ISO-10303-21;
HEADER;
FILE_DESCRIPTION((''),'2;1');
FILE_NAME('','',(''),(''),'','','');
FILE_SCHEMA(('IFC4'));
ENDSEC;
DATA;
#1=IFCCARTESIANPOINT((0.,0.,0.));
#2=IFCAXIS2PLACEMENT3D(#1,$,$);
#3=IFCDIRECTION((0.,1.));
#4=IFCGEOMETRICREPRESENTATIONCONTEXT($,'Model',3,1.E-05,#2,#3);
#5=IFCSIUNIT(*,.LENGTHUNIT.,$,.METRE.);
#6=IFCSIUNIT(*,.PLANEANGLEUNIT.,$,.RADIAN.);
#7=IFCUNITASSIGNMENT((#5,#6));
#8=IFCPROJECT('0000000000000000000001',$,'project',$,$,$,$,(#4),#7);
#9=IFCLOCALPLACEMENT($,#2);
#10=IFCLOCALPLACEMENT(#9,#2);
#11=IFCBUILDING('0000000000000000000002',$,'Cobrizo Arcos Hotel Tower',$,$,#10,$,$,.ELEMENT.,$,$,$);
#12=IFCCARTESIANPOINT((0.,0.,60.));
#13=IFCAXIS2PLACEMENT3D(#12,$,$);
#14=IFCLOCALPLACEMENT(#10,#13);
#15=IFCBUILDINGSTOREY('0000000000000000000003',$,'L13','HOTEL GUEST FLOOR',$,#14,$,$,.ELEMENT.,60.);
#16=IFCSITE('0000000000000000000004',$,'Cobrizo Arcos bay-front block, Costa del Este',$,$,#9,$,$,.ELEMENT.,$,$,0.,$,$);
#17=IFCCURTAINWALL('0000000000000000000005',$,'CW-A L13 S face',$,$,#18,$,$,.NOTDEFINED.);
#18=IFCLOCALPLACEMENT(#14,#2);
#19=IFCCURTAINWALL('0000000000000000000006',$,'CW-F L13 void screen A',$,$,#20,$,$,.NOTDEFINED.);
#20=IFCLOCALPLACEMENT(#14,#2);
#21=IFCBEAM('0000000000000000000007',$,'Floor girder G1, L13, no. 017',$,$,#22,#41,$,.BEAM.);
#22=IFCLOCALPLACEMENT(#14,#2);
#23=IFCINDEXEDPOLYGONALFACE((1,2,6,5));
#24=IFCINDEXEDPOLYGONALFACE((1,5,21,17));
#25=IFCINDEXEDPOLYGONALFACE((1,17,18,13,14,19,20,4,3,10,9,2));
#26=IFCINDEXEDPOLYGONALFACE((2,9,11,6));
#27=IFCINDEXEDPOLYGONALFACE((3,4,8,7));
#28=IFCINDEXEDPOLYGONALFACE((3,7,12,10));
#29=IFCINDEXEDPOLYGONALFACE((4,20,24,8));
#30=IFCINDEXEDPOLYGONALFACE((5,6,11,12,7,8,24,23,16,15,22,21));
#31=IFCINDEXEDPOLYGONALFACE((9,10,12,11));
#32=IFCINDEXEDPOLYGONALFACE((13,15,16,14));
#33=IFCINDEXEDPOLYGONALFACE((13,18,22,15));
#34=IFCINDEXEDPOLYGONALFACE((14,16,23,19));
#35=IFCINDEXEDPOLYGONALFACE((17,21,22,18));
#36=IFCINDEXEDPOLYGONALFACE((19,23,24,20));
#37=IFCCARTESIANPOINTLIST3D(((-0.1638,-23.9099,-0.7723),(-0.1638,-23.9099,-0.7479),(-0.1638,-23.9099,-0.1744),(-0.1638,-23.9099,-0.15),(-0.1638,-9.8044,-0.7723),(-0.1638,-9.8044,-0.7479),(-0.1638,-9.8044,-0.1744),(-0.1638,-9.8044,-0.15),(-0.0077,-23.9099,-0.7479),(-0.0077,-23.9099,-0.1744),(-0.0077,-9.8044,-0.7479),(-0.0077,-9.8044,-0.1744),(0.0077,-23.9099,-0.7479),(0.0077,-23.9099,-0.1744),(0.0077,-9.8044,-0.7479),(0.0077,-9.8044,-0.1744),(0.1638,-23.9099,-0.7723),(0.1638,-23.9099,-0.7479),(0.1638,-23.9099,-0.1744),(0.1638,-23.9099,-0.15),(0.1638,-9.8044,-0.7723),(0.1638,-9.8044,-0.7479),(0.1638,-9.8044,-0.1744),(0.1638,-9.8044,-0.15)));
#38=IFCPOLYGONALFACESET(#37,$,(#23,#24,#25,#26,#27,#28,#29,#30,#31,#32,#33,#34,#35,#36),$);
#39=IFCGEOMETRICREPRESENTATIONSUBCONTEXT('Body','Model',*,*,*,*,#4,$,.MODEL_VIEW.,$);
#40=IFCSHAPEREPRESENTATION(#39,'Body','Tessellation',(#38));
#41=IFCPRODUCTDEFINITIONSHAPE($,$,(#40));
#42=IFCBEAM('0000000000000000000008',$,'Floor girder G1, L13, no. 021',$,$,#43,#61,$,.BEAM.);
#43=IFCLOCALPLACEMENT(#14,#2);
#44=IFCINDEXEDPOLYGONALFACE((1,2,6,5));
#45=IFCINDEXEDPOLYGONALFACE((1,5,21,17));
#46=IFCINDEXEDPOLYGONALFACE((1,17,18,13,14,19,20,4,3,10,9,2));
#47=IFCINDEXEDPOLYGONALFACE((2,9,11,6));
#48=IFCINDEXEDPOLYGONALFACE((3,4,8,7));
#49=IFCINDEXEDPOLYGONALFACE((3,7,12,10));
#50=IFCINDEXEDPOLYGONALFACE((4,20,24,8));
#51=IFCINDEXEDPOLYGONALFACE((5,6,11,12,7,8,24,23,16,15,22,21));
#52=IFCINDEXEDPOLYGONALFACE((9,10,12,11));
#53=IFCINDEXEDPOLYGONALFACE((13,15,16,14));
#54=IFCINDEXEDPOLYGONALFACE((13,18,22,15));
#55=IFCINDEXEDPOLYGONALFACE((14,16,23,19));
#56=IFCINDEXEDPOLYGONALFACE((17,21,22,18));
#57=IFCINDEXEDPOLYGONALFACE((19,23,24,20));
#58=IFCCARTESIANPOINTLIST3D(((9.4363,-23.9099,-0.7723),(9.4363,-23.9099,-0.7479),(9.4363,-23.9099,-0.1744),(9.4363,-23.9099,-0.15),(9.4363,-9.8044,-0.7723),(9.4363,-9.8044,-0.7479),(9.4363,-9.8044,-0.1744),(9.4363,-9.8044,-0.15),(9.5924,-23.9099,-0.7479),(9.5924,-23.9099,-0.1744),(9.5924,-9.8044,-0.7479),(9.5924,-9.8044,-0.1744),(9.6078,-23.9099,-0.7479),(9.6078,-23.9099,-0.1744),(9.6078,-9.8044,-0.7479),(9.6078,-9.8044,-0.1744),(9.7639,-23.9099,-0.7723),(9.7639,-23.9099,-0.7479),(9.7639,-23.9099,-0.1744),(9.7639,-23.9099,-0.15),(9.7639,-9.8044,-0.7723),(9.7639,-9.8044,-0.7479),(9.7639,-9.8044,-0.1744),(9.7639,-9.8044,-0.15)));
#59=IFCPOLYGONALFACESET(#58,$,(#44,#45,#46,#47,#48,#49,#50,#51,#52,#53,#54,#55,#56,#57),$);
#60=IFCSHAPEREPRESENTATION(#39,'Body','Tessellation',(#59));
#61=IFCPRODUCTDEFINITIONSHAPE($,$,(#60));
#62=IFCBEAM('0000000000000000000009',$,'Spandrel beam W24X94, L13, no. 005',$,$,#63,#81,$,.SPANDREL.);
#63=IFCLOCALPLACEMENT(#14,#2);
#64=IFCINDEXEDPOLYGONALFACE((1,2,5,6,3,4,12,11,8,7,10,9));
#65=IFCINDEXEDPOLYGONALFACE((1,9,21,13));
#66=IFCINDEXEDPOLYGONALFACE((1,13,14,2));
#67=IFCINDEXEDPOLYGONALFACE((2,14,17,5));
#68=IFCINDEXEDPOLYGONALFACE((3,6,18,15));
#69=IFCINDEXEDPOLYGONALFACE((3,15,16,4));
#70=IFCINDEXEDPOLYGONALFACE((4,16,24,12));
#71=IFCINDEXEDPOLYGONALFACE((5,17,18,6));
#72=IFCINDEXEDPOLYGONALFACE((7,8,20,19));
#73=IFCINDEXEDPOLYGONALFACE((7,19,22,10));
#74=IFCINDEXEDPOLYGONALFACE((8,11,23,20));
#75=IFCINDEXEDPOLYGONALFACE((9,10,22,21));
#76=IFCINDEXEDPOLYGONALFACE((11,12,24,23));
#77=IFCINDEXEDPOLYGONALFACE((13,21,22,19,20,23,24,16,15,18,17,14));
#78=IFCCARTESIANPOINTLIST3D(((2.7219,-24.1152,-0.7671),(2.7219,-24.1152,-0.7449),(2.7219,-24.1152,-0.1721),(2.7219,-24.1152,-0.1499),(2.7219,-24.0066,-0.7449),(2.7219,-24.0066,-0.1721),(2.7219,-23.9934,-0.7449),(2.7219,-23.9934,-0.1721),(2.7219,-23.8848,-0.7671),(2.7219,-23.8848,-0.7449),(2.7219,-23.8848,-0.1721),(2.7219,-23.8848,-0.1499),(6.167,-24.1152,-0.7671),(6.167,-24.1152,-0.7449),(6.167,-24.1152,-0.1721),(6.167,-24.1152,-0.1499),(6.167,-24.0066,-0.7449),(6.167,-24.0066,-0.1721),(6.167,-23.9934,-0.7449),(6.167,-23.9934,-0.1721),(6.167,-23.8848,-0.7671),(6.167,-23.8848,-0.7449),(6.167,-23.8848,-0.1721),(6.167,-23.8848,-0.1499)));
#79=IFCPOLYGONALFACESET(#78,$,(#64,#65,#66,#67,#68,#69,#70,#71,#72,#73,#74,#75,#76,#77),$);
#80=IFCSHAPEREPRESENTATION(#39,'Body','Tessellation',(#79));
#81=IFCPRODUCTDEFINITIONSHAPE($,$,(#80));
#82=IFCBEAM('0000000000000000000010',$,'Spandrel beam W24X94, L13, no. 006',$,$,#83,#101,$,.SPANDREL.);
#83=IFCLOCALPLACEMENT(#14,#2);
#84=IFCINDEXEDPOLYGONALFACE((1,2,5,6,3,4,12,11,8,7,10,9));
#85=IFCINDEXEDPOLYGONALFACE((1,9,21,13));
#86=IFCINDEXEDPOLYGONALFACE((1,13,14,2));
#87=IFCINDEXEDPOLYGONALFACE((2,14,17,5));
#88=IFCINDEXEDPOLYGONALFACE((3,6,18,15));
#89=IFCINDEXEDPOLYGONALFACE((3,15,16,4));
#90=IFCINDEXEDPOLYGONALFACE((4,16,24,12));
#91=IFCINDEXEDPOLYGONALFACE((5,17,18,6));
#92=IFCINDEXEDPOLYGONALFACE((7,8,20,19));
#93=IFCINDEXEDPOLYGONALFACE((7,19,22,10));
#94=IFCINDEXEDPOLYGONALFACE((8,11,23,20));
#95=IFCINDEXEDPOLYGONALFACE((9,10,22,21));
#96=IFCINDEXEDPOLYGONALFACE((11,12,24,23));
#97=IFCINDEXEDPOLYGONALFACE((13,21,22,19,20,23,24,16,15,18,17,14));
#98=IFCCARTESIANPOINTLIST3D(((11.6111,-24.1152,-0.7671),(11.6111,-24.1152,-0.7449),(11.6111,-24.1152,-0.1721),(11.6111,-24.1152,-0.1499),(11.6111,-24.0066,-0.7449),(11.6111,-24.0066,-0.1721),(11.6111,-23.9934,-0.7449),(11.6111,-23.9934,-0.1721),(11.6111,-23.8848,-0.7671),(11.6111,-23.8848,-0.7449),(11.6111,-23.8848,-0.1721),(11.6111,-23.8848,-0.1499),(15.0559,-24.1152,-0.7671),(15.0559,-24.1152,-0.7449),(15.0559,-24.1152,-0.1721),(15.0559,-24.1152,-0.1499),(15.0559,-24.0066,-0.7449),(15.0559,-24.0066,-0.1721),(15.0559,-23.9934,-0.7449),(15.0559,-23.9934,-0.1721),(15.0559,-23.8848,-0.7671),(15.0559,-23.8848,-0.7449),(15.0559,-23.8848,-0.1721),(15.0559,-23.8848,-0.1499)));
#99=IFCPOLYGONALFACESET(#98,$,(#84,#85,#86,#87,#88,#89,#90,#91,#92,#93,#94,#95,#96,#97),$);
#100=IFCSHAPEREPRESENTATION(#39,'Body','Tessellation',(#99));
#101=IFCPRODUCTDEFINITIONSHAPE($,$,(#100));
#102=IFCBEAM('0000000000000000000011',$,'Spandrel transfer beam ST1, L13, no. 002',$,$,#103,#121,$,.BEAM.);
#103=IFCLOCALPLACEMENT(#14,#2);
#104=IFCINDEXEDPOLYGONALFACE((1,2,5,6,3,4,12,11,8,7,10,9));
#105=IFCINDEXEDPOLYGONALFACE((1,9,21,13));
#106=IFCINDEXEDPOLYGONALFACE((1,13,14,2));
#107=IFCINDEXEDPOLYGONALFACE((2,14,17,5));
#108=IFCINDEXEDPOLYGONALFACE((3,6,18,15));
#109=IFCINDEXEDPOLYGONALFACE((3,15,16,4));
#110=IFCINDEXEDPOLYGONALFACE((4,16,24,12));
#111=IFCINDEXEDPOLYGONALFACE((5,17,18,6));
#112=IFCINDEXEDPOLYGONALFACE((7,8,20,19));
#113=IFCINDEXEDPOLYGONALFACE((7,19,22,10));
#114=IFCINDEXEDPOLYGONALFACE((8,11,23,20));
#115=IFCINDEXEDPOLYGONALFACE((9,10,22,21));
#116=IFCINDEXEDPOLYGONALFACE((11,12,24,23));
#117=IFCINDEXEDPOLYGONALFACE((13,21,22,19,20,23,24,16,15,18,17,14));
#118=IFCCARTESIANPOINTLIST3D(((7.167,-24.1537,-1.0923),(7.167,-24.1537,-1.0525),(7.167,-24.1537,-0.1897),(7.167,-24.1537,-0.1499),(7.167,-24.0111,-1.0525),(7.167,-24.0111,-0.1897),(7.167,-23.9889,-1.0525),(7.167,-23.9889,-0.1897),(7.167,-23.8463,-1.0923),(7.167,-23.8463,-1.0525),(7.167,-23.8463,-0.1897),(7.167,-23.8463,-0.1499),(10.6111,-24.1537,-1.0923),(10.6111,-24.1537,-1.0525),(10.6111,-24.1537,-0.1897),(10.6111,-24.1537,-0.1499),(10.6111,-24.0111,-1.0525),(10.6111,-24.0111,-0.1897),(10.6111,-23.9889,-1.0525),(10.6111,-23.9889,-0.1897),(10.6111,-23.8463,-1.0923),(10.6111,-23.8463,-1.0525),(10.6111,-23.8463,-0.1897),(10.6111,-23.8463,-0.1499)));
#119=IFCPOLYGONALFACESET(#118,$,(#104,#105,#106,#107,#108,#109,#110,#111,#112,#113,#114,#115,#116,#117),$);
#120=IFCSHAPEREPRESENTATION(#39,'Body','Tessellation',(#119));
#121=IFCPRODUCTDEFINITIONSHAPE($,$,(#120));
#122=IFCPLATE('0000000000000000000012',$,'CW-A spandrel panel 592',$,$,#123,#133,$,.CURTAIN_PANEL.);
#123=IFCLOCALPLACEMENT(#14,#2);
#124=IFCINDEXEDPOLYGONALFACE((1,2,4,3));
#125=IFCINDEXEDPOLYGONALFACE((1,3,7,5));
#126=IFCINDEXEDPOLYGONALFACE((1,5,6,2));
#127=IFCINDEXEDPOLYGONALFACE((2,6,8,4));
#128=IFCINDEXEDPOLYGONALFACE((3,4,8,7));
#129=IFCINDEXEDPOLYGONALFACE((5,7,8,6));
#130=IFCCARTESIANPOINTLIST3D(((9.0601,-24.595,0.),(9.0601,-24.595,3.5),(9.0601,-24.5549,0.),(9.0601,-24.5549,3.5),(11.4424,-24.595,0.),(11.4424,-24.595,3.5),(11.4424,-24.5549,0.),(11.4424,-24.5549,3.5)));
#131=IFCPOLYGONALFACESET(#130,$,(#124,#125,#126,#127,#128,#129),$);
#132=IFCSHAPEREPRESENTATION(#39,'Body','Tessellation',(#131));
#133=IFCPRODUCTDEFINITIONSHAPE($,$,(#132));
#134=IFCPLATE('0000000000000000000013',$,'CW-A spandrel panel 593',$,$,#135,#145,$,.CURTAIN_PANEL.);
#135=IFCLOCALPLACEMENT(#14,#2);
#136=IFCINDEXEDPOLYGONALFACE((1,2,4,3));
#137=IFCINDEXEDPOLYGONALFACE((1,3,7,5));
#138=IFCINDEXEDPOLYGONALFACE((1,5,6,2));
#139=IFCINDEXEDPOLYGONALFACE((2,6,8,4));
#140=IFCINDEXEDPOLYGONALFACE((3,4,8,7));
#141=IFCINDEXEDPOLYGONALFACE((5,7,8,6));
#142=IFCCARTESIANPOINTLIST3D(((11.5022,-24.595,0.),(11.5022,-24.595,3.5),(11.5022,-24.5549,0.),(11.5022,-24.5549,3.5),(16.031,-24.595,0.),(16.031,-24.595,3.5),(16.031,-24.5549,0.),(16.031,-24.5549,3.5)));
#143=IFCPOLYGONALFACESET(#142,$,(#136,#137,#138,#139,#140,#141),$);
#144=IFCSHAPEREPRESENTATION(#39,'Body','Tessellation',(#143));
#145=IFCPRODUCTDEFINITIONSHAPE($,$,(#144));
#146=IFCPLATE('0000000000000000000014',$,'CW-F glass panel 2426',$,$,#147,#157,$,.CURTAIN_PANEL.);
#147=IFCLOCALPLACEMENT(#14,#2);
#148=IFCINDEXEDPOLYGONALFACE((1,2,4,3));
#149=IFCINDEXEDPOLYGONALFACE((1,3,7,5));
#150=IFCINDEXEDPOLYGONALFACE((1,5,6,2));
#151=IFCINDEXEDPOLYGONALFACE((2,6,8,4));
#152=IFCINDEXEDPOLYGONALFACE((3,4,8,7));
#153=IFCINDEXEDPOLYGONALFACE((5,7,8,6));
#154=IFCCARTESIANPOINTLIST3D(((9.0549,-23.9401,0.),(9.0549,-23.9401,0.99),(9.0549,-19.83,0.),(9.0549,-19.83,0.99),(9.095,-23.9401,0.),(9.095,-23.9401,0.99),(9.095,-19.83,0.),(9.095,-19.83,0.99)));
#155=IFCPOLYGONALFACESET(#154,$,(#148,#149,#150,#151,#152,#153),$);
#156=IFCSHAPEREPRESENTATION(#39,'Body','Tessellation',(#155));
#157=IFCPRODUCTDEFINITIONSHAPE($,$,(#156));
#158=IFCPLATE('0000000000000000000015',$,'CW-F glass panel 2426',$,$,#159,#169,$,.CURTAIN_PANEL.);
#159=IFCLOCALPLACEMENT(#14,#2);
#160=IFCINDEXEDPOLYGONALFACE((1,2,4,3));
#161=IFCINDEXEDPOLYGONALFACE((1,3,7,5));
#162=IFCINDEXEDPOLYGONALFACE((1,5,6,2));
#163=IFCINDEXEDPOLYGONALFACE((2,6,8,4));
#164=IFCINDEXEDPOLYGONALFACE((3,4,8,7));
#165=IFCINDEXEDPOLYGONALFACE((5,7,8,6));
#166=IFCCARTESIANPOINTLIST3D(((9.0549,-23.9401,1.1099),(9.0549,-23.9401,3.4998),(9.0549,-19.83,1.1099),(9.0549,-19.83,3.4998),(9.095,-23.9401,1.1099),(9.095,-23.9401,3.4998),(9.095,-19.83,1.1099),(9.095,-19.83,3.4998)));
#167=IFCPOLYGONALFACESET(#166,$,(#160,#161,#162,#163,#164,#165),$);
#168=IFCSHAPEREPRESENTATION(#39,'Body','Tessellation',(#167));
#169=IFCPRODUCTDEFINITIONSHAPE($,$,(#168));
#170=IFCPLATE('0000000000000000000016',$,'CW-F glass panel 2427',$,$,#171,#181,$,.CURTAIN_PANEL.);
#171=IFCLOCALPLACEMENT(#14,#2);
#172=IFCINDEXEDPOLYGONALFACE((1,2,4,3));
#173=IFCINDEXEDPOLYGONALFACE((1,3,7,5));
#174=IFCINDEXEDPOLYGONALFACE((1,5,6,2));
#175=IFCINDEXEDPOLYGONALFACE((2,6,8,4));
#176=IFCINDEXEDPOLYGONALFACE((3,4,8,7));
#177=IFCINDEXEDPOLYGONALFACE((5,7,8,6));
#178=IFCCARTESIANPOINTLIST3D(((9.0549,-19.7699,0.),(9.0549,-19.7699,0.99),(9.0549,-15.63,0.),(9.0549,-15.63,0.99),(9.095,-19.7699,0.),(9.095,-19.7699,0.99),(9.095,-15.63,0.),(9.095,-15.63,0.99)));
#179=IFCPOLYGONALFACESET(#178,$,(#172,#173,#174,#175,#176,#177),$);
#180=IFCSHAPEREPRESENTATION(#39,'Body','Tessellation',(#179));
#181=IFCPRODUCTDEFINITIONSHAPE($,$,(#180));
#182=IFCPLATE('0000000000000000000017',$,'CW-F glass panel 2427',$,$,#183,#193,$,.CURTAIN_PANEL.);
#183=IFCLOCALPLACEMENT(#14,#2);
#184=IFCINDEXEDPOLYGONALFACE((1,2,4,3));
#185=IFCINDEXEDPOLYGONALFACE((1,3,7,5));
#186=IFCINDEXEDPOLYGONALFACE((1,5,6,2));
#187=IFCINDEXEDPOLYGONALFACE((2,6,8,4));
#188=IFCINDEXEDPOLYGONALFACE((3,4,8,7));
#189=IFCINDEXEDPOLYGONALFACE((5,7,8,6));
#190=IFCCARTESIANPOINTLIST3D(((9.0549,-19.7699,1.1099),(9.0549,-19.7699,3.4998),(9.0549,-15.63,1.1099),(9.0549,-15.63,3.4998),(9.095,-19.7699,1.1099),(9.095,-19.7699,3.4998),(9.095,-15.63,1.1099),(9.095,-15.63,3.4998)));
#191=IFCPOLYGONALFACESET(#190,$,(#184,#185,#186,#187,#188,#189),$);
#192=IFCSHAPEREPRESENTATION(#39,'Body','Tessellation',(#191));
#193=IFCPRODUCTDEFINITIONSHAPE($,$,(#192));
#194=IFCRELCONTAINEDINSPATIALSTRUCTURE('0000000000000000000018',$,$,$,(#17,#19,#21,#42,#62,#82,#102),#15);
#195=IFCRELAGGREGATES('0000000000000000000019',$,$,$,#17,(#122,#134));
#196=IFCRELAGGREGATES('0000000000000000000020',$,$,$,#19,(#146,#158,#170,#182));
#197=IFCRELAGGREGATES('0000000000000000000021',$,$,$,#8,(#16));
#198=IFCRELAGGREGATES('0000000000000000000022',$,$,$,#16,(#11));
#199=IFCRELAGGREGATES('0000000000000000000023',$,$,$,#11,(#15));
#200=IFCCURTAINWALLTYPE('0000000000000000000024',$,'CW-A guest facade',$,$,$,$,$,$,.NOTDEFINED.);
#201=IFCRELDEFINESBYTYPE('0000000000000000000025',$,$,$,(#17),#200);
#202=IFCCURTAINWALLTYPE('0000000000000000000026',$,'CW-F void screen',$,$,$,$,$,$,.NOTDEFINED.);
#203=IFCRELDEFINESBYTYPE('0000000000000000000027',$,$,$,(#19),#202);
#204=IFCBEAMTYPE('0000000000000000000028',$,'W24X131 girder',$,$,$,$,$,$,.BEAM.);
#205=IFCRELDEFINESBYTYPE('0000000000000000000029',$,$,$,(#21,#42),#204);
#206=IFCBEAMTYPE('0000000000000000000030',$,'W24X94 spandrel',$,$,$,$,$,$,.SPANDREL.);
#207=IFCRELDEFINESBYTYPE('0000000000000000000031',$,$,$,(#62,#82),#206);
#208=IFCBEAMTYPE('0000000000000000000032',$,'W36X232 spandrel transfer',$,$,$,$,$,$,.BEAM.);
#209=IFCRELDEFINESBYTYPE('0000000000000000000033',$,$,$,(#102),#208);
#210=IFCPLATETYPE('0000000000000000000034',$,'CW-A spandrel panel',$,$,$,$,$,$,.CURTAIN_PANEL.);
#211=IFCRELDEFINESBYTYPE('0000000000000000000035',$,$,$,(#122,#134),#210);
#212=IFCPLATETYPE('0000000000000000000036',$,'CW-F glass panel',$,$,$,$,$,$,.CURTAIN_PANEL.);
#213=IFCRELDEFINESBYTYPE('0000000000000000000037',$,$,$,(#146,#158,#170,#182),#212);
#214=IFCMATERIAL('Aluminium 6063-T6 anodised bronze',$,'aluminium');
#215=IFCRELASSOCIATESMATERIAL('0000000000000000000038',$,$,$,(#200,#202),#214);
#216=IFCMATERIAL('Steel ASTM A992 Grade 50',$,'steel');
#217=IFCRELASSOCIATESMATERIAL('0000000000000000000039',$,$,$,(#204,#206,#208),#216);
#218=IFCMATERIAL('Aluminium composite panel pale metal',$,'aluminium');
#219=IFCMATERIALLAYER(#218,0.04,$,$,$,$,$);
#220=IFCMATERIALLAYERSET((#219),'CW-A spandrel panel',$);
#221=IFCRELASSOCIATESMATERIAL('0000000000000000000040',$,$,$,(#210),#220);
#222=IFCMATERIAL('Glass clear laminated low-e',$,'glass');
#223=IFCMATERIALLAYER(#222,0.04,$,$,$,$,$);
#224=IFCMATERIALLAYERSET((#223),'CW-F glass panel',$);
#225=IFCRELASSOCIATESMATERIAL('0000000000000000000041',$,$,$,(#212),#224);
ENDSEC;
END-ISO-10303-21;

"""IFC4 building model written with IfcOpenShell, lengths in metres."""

from ifc_helpers import new_model, si_unit, direction, frame, origin, origin_2d, place, context, subcontext, project, spatial, rectangle, i_section, extrude, material, layer, layer_set, material_profile, profile_set, type_object, element, aggregate, save


model = new_model("IFC4")

# Units and contexts
model_context = context("Model", 3, precision=1e-05, world=origin(), true_north=direction((0.0, 1.0)))
body_context = subcontext(model_context, "Body", "Model", "MODEL_VIEW")
ifc_project = project(units=[si_unit("LENGTHUNIT", "METRE"), si_unit("PLANEANGLEUNIT", "RADIAN")], contexts=[model_context])

# Site, building, storey
site_placement = place(None, origin())
site = spatial("IfcSite", under=ifc_project, at=site_placement, Name="Cobrizo Arcos bay-front block, Costa del Este", CompositionType="ELEMENT", RefElevation=0.0)
building_placement = place(site_placement, origin())
building = spatial("IfcBuilding", under=site, at=building_placement, Name="Cobrizo Arcos Hotel Tower", CompositionType="ELEMENT")
storey_placement = place(building_placement, frame((0.0, 0.0, 60.0)))
storey = spatial("IfcBuildingStorey", under=building, at=storey_placement, Name="L13", Description="HOTEL GUEST FLOOR", CompositionType="ELEMENT", Elevation=60.0)

# Curtain walls
ifc_material_1 = material(Name="Aluminium 6063-T6 anodised bronze", Category="aluminium")
curtain_wall_type_1 = type_object("IfcCurtainWallType", Name="CW-A guest facade", PredefinedType="NOTDEFINED", material=ifc_material_1)
curtain_wall_1_placement = place(storey_placement, origin())
curtain_wall_1 = element("IfcCurtainWall", 1, at=curtain_wall_1_placement, inside=storey, type_object=curtain_wall_type_1, Name="CW-A L13 S face", PredefinedType="NOTDEFINED")
curtain_wall_type_2 = type_object("IfcCurtainWallType", Name="CW-F void screen", PredefinedType="NOTDEFINED", material=ifc_material_1)
curtain_wall_2_placement = place(storey_placement, origin())
curtain_wall_2 = element("IfcCurtainWall", 2, at=curtain_wall_2_placement, inside=storey, type_object=curtain_wall_type_2, Name="CW-F L13 void screen A", PredefinedType="NOTDEFINED")

# Beams
ifc_material_2 = material(Name="Steel ASTM A992 Grade 50", Category="steel")
ifc_material_profile_1 = material_profile(ifc_material_2, i_section(OverallWidth=0.3276, OverallDepth=0.6223, WebThickness=0.0154, FlangeThickness=0.0244, at=origin_2d()), Name="W24X131")
ifc_profile_set_1 = profile_set([ifc_material_profile_1], Name="Steel ASTM A992 Grade 50")
beam_type_1 = type_object("IfcBeamType", Name="W24X131 girder", PredefinedType="BEAM", material=ifc_profile_set_1)
for number, where, z_axis, x_axis, name in (
    (3, (0.0, -23.9099, -0.4612), (0.0, 1.0, 0.0), (-1.0, 0.0, 0.0), "Floor girder G1, L13, no. 017"),
    (4, (9.6001, -23.9099, -0.4612), (0.0, 1.0, 0.0), (-1.0, 0.0, 0.0), "Floor girder G1, L13, no. 021"),
):
    element("IfcBeam", number, at=place(storey_placement, frame(where, z_axis=z_axis, x_axis=x_axis)), inside=storey, type_object=beam_type_1, Name=name, PredefinedType="BEAM", context=body_context, shape_type="SweptSolid", body=[
        extrude(i_section(OverallWidth=0.3276, OverallDepth=0.6223, WebThickness=0.0154, FlangeThickness=0.0244, at=origin_2d()), origin(), (0.0, 0.0, 1.0), 14.1055),
    ])
ifc_material_profile_2 = material_profile(ifc_material_2, i_section(OverallWidth=0.2305, OverallDepth=0.6172, WebThickness=0.0132, FlangeThickness=0.0222, at=origin_2d()), Name="W24X94")
ifc_profile_set_2 = profile_set([ifc_material_profile_2], Name="Steel ASTM A992 Grade 50")
beam_type_2 = type_object("IfcBeamType", Name="W24X94 spandrel", PredefinedType="SPANDREL", material=ifc_profile_set_2)
beam_1_placement = place(storey_placement, frame((2.7219, -24.0, -0.4585), z_axis=(1.0, 0.0, 0.0), x_axis=(0.0, 1.0, 0.0)))
element("IfcBeam", 5, at=beam_1_placement, inside=storey, type_object=beam_type_2, Name="Spandrel beam W24X94, L13, no. 005", PredefinedType="SPANDREL", context=body_context, shape_type="SweptSolid", body=[
    extrude(i_section(OverallWidth=0.2305, OverallDepth=0.6172, WebThickness=0.0132, FlangeThickness=0.0222, at=origin_2d()), origin(), (0.0, 0.0, 1.0), 3.4451),
])
beam_2_placement = place(storey_placement, frame((11.6111, -24.0, -0.4585), z_axis=(1.0, 0.0, 0.0), x_axis=(0.0, 1.0, 0.0)))
element("IfcBeam", 6, at=beam_2_placement, inside=storey, type_object=beam_type_2, Name="Spandrel beam W24X94, L13, no. 006", PredefinedType="SPANDREL", context=body_context, shape_type="SweptSolid", body=[
    extrude(i_section(OverallWidth=0.2305, OverallDepth=0.6172, WebThickness=0.0132, FlangeThickness=0.0222, at=origin_2d()), origin(), (0.0, 0.0, 1.0), 3.4448),
])
ifc_material_profile_3 = material_profile(ifc_material_2, i_section(OverallWidth=0.3074, OverallDepth=0.9424, WebThickness=0.0222, FlangeThickness=0.0398, at=origin_2d()), Name="W36X232")
ifc_profile_set_3 = profile_set([ifc_material_profile_3], Name="Steel ASTM A992 Grade 50")
beam_type_3 = type_object("IfcBeamType", Name="W36X232 spandrel transfer", PredefinedType="BEAM", material=ifc_profile_set_3)
beam_3_placement = place(storey_placement, frame((7.167, -24.0, -0.6211), z_axis=(1.0, 0.0, 0.0), x_axis=(0.0, 1.0, 0.0)))
element("IfcBeam", 7, at=beam_3_placement, inside=storey, type_object=beam_type_3, Name="Spandrel transfer beam ST1, L13, no. 002", PredefinedType="BEAM", context=body_context, shape_type="SweptSolid", body=[
    extrude(i_section(OverallWidth=0.3074, OverallDepth=0.9424, WebThickness=0.0222, FlangeThickness=0.0398, at=origin_2d()), origin(), (0.0, 0.0, 1.0), 3.4441),
])

# Plates
ifc_material_3 = material(Name="Aluminium composite panel pale metal", Category="aluminium")
ifc_layer_1 = layer(ifc_material_3, 0.04)
ifc_layer_set_1 = layer_set([ifc_layer_1], Name="CW-A spandrel panel")
plate_type_1 = type_object("IfcPlateType", Name="CW-A spandrel panel", PredefinedType="CURTAIN_PANEL", material=ifc_layer_set_1)
plate_1_placement = place(storey_placement, frame((10.2512, -24.575, 0.0), z_axis=(0.0, 0.0, 1.0), x_axis=(1.0, 0.0, 0.0)))
plate_1 = element("IfcPlate", 8, at=plate_1_placement, type_object=plate_type_1, Name="CW-A spandrel panel 592", PredefinedType="CURTAIN_PANEL", context=body_context, shape_type="SweptSolid", body=[
    extrude(rectangle(XDim=2.3823, YDim=0.04, at=origin_2d()), origin(), (0.0, 0.0, 1.0), 3.5),
])
plate_2_placement = place(storey_placement, frame((13.7666, -24.575, 0.0), z_axis=(0.0, 0.0, 1.0), x_axis=(1.0, 0.0, 0.0)))
plate_2 = element("IfcPlate", 9, at=plate_2_placement, type_object=plate_type_1, Name="CW-A spandrel panel 593", PredefinedType="CURTAIN_PANEL", context=body_context, shape_type="SweptSolid", body=[
    extrude(rectangle(XDim=4.5288, YDim=0.04, at=origin_2d()), origin(), (0.0, 0.0, 1.0), 3.5),
])
aggregate(curtain_wall_1, [plate_1, plate_2])
ifc_material_4 = material(Name="Glass clear laminated low-e", Category="glass")
ifc_layer_2 = layer(ifc_material_4, 0.04)
ifc_layer_set_2 = layer_set([ifc_layer_2], Name="CW-F glass panel")
plate_type_2 = type_object("IfcPlateType", Name="CW-F glass panel", PredefinedType="CURTAIN_PANEL", material=ifc_layer_set_2)
plate_3_placement = place(storey_placement, frame((9.075, -21.885, 0.0), z_axis=(0.0, 0.0, 1.0), x_axis=(0.0, 1.0, 0.0)))
plate_3 = element("IfcPlate", 10, at=plate_3_placement, type_object=plate_type_2, Name="CW-F glass panel 2426", PredefinedType="CURTAIN_PANEL", context=body_context, shape_type="SweptSolid", body=[
    extrude(rectangle(XDim=4.1101, YDim=0.04, at=origin_2d()), origin(), (0.0, 0.0, 1.0), 0.99),
])
plate_4_placement = place(storey_placement, frame((9.075, -21.885, 1.1099), z_axis=(0.0, 0.0, 1.0), x_axis=(0.0, 1.0, 0.0)))
plate_4 = element("IfcPlate", 11, at=plate_4_placement, type_object=plate_type_2, Name="CW-F glass panel 2426", PredefinedType="CURTAIN_PANEL", context=body_context, shape_type="SweptSolid", body=[
    extrude(rectangle(XDim=4.1101, YDim=0.04, at=origin_2d()), origin(), (0.0, 0.0, 1.0), 2.3899),
])
plate_5_placement = place(storey_placement, frame((9.075, -17.7, 0.0), z_axis=(0.0, 0.0, 1.0), x_axis=(0.0, 1.0, 0.0)))
plate_5 = element("IfcPlate", 12, at=plate_5_placement, type_object=plate_type_2, Name="CW-F glass panel 2427", PredefinedType="CURTAIN_PANEL", context=body_context, shape_type="SweptSolid", body=[
    extrude(rectangle(XDim=4.1399, YDim=0.04, at=origin_2d()), origin(), (0.0, 0.0, 1.0), 0.99),
])
plate_6_placement = place(storey_placement, frame((9.075, -17.7, 1.1099), z_axis=(0.0, 0.0, 1.0), x_axis=(0.0, 1.0, 0.0)))
plate_6 = element("IfcPlate", 13, at=plate_6_placement, type_object=plate_type_2, Name="CW-F glass panel 2427", PredefinedType="CURTAIN_PANEL", context=body_context, shape_type="SweptSolid", body=[
    extrude(rectangle(XDim=4.1399, YDim=0.04, at=origin_2d()), origin(), (0.0, 0.0, 1.0), 2.3899),
])
aggregate(curtain_wall_2, [plate_3, plate_4, plate_5, plate_6])

save(model, "model.ifc")
